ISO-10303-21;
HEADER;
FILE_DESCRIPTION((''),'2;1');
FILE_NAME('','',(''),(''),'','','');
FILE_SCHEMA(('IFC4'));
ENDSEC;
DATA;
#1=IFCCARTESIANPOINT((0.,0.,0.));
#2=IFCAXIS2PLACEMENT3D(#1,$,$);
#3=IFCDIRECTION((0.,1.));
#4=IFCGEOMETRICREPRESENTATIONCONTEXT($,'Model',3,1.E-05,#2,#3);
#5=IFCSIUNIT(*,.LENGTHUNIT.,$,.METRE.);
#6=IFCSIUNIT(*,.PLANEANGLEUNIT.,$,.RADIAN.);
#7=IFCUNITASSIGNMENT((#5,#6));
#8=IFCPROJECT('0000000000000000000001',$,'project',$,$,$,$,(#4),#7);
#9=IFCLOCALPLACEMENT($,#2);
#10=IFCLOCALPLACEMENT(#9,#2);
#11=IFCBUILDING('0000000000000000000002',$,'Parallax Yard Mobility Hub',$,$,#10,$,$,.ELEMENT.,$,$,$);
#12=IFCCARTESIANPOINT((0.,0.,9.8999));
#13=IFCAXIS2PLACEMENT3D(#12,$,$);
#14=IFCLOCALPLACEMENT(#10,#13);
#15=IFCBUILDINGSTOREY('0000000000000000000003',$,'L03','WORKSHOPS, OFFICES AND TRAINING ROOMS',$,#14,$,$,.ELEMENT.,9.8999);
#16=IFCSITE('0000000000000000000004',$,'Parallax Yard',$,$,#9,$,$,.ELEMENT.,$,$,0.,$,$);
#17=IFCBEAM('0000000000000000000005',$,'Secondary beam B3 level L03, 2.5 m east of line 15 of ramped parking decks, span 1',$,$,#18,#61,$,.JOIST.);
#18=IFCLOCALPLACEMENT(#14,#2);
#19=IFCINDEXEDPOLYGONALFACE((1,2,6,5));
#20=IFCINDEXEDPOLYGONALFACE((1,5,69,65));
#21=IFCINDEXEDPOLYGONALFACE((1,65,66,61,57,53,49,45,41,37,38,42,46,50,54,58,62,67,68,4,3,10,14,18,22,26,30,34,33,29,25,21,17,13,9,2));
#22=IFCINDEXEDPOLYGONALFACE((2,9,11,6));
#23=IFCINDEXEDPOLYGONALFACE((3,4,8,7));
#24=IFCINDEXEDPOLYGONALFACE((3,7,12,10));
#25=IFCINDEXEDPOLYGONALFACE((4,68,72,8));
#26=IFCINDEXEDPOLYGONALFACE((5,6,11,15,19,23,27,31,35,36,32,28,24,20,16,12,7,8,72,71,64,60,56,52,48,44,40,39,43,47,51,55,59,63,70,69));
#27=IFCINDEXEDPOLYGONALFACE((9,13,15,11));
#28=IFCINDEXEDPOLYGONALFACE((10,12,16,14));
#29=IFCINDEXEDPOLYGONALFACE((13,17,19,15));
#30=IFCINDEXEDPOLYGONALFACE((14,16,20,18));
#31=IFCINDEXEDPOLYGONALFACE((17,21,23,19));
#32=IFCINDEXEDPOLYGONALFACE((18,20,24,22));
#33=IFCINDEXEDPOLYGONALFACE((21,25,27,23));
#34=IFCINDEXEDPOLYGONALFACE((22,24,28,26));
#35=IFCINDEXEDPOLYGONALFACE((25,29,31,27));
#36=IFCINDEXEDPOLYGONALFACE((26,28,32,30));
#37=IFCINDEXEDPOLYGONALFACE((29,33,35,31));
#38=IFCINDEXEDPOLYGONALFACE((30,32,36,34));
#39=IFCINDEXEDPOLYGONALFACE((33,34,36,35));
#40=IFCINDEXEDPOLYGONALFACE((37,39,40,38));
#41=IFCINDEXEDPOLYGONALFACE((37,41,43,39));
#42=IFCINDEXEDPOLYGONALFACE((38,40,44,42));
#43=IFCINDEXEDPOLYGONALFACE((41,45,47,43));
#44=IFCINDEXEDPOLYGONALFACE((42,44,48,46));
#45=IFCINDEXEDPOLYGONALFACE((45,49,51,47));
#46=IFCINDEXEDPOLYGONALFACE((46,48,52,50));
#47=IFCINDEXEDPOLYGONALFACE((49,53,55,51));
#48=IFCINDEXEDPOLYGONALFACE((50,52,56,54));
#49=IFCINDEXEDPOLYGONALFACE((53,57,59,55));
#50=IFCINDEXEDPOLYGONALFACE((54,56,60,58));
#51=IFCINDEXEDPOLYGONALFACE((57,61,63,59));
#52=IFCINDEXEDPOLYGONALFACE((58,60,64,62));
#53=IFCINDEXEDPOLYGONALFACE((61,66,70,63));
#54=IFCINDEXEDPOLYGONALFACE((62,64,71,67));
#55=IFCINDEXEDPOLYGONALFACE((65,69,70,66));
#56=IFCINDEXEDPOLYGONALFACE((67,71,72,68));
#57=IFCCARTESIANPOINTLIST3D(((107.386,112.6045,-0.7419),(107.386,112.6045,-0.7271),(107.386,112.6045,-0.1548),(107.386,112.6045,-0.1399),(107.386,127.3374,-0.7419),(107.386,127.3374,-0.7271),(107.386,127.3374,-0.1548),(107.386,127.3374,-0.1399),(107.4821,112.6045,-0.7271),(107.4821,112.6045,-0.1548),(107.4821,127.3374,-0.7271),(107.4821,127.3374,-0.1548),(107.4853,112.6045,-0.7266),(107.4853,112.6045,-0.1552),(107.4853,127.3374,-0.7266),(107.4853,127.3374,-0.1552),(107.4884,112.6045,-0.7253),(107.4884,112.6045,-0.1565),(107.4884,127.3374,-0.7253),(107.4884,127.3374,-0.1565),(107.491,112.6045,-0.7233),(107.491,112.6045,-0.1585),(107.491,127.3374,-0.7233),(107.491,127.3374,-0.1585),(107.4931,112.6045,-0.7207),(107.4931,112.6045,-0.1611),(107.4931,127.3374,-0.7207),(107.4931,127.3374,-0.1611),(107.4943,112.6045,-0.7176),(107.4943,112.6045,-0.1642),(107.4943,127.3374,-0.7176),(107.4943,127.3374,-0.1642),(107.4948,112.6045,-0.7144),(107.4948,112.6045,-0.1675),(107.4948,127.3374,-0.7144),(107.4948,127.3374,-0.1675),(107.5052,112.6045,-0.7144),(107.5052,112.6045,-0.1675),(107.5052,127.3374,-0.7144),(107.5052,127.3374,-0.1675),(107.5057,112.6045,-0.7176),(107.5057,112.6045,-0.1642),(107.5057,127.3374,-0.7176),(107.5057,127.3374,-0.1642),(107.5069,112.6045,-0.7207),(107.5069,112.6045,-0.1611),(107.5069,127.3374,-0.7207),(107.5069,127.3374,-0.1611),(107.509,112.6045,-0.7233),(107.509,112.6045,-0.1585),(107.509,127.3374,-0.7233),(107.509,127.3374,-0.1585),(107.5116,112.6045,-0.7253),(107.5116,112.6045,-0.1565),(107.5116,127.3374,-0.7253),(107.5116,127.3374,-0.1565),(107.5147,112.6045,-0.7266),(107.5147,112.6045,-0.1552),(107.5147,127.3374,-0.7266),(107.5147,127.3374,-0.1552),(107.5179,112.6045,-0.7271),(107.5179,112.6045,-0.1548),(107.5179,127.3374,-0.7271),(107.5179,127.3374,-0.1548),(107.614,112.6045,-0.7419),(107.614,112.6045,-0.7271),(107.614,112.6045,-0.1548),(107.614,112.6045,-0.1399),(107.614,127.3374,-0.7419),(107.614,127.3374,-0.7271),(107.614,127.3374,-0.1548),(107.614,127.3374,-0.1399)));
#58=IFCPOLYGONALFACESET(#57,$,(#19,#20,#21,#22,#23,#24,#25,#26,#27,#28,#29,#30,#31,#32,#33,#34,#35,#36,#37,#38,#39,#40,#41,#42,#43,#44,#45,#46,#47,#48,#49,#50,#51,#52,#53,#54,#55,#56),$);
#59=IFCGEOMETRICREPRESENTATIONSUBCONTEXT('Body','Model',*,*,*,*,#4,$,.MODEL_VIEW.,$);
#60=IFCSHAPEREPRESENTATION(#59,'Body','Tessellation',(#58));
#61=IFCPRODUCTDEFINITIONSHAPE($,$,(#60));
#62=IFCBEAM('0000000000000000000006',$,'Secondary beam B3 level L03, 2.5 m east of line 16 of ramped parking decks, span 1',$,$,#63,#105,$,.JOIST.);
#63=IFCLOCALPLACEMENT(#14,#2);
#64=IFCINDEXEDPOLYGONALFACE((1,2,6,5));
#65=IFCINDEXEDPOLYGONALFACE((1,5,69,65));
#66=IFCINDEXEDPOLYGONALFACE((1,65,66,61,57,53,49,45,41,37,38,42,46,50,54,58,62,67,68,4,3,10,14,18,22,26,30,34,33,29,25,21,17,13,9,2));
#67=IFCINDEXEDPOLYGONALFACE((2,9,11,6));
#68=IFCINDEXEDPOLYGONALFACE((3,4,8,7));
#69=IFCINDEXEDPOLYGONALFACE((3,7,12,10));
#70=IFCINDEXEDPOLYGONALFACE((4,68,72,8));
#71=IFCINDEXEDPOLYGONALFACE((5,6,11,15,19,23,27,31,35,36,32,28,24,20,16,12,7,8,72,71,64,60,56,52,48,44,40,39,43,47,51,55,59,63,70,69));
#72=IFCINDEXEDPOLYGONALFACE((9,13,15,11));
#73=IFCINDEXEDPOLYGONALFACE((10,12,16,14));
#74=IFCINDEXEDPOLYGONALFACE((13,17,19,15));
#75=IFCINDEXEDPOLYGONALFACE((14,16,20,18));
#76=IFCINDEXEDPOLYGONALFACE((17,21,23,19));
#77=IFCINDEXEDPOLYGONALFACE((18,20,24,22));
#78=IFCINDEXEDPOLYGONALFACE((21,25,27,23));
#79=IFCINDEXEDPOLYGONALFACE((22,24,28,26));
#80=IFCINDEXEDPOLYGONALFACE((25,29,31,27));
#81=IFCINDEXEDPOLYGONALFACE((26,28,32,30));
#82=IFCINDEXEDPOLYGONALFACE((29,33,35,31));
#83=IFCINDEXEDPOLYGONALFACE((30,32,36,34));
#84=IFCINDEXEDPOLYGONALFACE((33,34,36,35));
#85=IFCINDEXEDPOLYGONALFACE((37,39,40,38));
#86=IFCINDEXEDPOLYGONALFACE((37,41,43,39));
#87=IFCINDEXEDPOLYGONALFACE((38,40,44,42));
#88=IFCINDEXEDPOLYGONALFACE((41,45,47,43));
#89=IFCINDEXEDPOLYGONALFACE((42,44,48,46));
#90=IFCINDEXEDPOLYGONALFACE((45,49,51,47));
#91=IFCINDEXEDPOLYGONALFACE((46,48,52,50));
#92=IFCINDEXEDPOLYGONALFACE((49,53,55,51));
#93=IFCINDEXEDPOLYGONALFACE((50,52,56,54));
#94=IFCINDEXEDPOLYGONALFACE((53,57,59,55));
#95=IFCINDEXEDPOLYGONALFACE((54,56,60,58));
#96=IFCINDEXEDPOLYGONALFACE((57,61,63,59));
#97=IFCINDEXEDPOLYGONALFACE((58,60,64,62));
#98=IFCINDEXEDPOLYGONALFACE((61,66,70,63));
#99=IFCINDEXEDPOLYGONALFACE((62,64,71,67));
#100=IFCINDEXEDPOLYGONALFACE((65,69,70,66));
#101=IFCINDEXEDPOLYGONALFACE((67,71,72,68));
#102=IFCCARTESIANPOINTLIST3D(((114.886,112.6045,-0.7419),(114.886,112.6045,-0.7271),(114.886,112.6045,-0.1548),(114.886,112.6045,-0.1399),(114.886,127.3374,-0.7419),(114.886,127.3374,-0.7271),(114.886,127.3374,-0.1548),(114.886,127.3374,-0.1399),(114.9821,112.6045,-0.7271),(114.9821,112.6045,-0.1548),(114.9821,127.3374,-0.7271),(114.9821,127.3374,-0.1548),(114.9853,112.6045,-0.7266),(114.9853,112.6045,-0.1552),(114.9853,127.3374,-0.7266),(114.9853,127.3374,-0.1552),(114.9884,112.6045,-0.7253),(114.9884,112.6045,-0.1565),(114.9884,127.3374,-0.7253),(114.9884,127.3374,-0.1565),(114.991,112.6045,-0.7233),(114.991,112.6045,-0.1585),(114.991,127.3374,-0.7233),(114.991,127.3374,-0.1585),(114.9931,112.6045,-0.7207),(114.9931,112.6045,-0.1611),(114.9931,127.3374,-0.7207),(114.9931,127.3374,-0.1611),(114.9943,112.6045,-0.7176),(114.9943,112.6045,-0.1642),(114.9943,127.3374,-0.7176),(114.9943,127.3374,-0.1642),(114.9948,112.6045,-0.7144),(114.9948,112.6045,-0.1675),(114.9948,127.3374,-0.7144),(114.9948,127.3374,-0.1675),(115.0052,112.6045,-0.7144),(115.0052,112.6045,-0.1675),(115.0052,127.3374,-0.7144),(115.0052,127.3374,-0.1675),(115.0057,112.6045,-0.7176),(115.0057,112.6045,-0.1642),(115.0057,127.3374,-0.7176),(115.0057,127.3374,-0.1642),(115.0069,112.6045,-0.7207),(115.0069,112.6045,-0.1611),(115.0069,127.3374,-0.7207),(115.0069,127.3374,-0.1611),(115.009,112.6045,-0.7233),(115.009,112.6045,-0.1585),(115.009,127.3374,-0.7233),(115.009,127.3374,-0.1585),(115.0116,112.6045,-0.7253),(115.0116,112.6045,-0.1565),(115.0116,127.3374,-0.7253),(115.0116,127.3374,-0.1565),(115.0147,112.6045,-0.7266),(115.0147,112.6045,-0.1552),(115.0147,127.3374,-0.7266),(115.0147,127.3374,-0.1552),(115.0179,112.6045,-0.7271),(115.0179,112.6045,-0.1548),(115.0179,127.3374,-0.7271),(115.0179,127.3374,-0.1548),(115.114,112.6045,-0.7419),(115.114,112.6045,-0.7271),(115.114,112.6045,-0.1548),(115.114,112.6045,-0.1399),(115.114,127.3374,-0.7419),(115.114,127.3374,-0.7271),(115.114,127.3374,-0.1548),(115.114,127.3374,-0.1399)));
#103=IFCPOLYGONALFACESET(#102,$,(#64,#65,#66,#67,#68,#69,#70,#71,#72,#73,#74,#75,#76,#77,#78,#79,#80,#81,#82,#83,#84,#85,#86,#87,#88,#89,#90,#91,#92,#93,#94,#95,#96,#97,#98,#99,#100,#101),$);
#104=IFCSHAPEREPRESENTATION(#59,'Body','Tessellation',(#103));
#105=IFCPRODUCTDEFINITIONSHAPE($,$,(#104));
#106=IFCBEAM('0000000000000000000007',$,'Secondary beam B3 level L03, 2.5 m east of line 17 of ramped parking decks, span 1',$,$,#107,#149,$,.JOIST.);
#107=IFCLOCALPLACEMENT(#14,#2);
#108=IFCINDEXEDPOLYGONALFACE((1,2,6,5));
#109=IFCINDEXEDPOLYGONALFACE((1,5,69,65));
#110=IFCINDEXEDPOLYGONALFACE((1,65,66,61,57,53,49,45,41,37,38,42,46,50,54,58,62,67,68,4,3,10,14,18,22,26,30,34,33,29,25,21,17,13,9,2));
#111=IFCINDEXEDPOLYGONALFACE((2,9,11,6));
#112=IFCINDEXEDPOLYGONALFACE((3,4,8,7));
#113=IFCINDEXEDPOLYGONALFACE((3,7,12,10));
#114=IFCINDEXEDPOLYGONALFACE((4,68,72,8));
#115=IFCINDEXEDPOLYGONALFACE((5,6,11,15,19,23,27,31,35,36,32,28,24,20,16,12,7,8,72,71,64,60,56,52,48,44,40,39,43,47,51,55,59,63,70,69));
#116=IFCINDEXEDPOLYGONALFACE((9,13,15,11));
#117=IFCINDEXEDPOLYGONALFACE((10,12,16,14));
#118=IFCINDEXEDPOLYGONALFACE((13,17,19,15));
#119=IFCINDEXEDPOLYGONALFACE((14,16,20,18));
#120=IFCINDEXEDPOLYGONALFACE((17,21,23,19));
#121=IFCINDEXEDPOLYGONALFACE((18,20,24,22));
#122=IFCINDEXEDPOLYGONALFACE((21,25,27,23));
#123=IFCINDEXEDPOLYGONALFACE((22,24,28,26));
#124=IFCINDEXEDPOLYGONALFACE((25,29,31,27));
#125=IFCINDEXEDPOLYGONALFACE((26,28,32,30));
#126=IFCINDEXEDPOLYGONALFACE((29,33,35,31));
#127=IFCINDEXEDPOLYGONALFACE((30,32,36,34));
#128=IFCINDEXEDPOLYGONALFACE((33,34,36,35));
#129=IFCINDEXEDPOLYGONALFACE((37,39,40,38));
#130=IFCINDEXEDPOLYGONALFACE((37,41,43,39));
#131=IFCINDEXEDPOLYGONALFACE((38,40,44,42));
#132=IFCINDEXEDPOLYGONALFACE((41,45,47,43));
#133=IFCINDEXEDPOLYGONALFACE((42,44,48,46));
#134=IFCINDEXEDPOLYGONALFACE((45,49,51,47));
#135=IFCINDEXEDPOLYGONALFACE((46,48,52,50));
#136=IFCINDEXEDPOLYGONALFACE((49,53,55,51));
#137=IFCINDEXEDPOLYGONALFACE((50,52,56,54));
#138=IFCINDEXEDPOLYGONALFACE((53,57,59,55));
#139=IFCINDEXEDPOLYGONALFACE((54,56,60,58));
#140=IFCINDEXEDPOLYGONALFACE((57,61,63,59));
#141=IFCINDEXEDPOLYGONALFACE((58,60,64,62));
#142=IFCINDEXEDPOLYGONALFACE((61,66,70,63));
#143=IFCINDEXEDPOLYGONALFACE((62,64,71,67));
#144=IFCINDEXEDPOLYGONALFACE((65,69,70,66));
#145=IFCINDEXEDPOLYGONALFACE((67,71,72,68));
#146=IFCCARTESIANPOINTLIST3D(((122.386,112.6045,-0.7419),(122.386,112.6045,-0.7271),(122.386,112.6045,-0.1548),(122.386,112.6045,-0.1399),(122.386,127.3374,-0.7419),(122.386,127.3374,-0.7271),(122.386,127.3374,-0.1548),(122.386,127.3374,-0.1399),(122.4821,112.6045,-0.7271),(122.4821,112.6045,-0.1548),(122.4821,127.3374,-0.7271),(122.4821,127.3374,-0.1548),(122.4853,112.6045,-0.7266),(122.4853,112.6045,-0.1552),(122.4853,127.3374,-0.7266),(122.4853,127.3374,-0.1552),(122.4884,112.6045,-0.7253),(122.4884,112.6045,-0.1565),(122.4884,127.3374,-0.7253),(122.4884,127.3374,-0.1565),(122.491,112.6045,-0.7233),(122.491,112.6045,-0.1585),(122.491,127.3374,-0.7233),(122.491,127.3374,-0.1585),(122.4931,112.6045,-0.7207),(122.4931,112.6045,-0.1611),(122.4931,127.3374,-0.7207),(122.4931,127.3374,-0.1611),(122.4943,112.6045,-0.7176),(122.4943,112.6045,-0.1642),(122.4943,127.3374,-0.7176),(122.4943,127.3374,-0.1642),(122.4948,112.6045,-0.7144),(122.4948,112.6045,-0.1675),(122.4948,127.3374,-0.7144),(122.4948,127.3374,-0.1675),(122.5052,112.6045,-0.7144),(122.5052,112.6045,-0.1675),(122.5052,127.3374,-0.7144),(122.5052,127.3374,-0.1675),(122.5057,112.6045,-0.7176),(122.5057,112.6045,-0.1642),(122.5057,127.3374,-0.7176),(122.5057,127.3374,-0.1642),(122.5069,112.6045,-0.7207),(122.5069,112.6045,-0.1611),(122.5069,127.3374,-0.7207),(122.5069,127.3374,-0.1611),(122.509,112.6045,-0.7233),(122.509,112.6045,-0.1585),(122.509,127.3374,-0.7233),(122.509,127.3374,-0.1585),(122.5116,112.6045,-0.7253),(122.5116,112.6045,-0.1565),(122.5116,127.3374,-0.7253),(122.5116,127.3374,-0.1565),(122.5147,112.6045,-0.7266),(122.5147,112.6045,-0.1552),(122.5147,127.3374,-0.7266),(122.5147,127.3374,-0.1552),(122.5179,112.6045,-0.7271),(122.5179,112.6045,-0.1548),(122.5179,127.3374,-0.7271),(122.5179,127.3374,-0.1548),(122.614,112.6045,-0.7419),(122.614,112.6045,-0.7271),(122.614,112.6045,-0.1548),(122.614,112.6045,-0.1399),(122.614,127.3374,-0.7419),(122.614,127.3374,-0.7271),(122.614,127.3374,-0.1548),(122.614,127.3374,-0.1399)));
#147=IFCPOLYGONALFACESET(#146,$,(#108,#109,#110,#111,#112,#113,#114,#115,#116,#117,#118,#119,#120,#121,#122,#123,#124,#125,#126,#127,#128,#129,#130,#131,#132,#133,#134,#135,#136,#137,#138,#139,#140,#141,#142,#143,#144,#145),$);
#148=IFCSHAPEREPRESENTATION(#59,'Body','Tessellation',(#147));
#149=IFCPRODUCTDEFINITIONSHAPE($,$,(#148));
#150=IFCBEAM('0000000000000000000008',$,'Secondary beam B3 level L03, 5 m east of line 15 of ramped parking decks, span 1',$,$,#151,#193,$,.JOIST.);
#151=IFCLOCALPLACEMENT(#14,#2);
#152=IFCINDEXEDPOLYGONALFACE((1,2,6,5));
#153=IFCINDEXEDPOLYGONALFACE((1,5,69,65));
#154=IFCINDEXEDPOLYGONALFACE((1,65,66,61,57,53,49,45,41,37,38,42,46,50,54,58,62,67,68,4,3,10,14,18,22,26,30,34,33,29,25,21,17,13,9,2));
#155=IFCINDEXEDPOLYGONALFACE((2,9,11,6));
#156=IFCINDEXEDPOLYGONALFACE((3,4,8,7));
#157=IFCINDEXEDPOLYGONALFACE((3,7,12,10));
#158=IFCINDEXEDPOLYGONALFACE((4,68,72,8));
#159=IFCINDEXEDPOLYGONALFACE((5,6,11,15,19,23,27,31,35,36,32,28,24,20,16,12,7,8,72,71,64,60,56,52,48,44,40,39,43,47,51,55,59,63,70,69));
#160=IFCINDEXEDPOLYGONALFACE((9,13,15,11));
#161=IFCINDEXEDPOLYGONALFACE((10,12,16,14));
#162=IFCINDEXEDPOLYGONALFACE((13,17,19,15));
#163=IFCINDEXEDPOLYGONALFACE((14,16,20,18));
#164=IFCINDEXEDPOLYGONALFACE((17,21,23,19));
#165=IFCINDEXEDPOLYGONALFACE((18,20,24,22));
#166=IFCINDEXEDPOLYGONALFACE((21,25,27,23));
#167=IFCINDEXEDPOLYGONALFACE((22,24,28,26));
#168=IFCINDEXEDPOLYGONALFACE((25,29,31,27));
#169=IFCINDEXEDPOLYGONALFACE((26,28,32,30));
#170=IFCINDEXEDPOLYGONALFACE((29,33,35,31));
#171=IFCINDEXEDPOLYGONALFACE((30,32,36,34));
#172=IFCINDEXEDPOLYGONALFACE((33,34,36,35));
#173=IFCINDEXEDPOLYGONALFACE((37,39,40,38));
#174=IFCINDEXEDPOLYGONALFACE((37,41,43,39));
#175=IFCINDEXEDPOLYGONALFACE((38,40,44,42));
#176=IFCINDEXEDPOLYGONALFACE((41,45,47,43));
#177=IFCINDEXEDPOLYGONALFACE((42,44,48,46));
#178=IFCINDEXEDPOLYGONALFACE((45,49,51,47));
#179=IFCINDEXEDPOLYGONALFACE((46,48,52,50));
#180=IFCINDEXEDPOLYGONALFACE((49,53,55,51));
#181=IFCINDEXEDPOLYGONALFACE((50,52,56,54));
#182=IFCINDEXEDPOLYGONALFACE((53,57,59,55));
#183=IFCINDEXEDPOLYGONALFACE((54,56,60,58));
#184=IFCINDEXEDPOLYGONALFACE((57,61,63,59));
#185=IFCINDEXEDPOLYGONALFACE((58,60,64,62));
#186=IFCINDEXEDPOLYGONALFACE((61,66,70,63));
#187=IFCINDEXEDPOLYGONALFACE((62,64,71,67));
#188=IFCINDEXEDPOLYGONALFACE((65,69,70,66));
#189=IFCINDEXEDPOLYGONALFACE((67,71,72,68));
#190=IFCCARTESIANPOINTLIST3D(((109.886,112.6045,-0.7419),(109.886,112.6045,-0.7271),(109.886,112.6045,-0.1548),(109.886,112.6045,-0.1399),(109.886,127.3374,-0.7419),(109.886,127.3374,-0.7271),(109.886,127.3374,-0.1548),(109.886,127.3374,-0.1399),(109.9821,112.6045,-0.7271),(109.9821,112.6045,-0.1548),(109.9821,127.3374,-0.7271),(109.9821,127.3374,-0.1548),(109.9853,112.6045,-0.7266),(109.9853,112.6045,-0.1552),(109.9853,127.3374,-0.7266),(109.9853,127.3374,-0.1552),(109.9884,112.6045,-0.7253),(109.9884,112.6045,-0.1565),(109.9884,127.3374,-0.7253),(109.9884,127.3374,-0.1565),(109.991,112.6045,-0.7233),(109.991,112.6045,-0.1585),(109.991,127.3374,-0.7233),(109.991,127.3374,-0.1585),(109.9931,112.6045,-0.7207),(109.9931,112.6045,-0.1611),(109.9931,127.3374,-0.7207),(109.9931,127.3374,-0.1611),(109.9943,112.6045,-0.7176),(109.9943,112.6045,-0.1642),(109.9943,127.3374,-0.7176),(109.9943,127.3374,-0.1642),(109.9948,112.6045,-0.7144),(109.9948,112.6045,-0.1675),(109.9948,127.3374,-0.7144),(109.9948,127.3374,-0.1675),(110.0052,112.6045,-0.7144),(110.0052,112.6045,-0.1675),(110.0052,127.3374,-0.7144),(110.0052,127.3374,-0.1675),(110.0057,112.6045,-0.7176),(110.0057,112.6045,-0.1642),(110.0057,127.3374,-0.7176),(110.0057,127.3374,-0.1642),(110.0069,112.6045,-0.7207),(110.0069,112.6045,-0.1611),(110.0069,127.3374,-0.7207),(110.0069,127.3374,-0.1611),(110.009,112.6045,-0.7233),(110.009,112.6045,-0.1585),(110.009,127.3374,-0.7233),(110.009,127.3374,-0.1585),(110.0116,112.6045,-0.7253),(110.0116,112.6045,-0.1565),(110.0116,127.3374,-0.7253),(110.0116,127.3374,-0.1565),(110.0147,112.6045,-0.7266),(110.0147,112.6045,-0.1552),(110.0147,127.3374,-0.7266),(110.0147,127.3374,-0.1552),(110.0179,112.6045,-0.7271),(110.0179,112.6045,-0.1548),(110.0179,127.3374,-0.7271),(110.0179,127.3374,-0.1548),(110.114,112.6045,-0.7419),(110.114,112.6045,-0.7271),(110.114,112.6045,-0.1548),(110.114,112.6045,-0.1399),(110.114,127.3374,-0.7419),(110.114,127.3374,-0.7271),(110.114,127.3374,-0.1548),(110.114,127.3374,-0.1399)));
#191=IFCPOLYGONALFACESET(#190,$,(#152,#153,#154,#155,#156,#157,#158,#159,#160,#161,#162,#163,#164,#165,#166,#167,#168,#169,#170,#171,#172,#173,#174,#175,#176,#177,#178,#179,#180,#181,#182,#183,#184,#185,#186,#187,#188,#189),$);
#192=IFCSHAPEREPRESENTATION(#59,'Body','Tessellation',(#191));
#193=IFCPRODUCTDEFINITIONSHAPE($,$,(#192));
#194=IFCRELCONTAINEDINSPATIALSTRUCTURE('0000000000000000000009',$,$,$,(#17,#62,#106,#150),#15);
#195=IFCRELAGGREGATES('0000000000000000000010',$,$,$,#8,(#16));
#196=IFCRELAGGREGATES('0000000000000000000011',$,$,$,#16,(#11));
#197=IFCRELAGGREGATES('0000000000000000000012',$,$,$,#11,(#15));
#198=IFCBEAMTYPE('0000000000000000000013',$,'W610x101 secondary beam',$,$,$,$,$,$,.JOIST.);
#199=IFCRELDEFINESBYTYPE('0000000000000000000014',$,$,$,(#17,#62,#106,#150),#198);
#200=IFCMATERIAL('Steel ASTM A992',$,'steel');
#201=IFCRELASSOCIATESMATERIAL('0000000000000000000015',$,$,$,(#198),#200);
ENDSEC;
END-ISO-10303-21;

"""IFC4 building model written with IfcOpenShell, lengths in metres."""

from ifc_helpers import new_model, si_unit, direction, frame, origin, origin_2d, place, context, subcontext, project, spatial, i_section, extrude, material, material_profile, profile_set, type_object, element, save


model = new_model("IFC4")

# Units and contexts
model_context = context("Model", 3, precision=1e-05, world=origin(), true_north=direction((0.0, 1.0)))
body_context = subcontext(model_context, "Body", "Model", "MODEL_VIEW")
ifc_project = project(units=[si_unit("LENGTHUNIT", "METRE"), si_unit("PLANEANGLEUNIT", "RADIAN")], contexts=[model_context])

# Site, building, storey
site_placement = place(None, origin())
site = spatial("IfcSite", under=ifc_project, at=site_placement, Name="Parallax Yard", CompositionType="ELEMENT", RefElevation=0.0)
building_placement = place(site_placement, origin())
building = spatial("IfcBuilding", under=site, at=building_placement, Name="Parallax Yard Mobility Hub", CompositionType="ELEMENT")
storey_placement = place(building_placement, frame((0.0, 0.0, 9.8999)))
storey = spatial("IfcBuildingStorey", under=building, at=storey_placement, Name="L03", Description="WORKSHOPS, OFFICES AND TRAINING ROOMS", CompositionType="ELEMENT", Elevation=9.8999)

# Shared definitions
ifc_material_1 = material(Name="Steel ASTM A992", Category="steel")

# Beams
ifc_material_profile_1 = material_profile(ifc_material_1, i_section(OverallWidth=0.228, OverallDepth=0.6021, WebThickness=0.0105, FlangeThickness=0.0149, FilletRadius=0.0127, at=origin_2d()), Name="W610x101")
ifc_profile_set_1 = profile_set([ifc_material_profile_1], Name="Steel ASTM A992")
beam_type_1 = type_object("IfcBeamType", Name="W610x101 secondary beam", PredefinedType="JOIST", material=ifc_profile_set_1)
for number, where, z_axis, x_axis, name in (
    (1, (107.5, 112.6045, -0.4409), (0.0, 1.0, 0.0), (-1.0, 0.0, 0.0), "Secondary beam B3 level L03, 2.5 m east of line 15 of ramped parking decks, span 1"),
    (2, (115.0, 112.6045, -0.4409), (0.0, 1.0, 0.0), (-1.0, 0.0, 0.0), "Secondary beam B3 level L03, 2.5 m east of line 16 of ramped parking decks, span 1"),
    (3, (122.5, 112.6045, -0.4409), (0.0, 1.0, 0.0), (-1.0, 0.0, 0.0), "Secondary beam B3 level L03, 2.5 m east of line 17 of ramped parking decks, span 1"),
    (4, (110.0, 112.6045, -0.4409), (0.0, 1.0, 0.0), (-1.0, 0.0, 0.0), "Secondary beam B3 level L03, 5 m east of line 15 of ramped parking decks, span 1"),
):
    element("IfcBeam", number, at=place(storey_placement, frame(where, z_axis=z_axis, x_axis=x_axis)), inside=storey, type_object=beam_type_1, Name=name, PredefinedType="JOIST", context=body_context, shape_type="SweptSolid", body=[
        extrude(i_section(OverallWidth=0.228, OverallDepth=0.6021, WebThickness=0.0105, FlangeThickness=0.0149, FilletRadius=0.0127, at=origin_2d()), origin(), (0.0, 0.0, 1.0), 14.7329),
    ])

save(model, "model.ifc")
